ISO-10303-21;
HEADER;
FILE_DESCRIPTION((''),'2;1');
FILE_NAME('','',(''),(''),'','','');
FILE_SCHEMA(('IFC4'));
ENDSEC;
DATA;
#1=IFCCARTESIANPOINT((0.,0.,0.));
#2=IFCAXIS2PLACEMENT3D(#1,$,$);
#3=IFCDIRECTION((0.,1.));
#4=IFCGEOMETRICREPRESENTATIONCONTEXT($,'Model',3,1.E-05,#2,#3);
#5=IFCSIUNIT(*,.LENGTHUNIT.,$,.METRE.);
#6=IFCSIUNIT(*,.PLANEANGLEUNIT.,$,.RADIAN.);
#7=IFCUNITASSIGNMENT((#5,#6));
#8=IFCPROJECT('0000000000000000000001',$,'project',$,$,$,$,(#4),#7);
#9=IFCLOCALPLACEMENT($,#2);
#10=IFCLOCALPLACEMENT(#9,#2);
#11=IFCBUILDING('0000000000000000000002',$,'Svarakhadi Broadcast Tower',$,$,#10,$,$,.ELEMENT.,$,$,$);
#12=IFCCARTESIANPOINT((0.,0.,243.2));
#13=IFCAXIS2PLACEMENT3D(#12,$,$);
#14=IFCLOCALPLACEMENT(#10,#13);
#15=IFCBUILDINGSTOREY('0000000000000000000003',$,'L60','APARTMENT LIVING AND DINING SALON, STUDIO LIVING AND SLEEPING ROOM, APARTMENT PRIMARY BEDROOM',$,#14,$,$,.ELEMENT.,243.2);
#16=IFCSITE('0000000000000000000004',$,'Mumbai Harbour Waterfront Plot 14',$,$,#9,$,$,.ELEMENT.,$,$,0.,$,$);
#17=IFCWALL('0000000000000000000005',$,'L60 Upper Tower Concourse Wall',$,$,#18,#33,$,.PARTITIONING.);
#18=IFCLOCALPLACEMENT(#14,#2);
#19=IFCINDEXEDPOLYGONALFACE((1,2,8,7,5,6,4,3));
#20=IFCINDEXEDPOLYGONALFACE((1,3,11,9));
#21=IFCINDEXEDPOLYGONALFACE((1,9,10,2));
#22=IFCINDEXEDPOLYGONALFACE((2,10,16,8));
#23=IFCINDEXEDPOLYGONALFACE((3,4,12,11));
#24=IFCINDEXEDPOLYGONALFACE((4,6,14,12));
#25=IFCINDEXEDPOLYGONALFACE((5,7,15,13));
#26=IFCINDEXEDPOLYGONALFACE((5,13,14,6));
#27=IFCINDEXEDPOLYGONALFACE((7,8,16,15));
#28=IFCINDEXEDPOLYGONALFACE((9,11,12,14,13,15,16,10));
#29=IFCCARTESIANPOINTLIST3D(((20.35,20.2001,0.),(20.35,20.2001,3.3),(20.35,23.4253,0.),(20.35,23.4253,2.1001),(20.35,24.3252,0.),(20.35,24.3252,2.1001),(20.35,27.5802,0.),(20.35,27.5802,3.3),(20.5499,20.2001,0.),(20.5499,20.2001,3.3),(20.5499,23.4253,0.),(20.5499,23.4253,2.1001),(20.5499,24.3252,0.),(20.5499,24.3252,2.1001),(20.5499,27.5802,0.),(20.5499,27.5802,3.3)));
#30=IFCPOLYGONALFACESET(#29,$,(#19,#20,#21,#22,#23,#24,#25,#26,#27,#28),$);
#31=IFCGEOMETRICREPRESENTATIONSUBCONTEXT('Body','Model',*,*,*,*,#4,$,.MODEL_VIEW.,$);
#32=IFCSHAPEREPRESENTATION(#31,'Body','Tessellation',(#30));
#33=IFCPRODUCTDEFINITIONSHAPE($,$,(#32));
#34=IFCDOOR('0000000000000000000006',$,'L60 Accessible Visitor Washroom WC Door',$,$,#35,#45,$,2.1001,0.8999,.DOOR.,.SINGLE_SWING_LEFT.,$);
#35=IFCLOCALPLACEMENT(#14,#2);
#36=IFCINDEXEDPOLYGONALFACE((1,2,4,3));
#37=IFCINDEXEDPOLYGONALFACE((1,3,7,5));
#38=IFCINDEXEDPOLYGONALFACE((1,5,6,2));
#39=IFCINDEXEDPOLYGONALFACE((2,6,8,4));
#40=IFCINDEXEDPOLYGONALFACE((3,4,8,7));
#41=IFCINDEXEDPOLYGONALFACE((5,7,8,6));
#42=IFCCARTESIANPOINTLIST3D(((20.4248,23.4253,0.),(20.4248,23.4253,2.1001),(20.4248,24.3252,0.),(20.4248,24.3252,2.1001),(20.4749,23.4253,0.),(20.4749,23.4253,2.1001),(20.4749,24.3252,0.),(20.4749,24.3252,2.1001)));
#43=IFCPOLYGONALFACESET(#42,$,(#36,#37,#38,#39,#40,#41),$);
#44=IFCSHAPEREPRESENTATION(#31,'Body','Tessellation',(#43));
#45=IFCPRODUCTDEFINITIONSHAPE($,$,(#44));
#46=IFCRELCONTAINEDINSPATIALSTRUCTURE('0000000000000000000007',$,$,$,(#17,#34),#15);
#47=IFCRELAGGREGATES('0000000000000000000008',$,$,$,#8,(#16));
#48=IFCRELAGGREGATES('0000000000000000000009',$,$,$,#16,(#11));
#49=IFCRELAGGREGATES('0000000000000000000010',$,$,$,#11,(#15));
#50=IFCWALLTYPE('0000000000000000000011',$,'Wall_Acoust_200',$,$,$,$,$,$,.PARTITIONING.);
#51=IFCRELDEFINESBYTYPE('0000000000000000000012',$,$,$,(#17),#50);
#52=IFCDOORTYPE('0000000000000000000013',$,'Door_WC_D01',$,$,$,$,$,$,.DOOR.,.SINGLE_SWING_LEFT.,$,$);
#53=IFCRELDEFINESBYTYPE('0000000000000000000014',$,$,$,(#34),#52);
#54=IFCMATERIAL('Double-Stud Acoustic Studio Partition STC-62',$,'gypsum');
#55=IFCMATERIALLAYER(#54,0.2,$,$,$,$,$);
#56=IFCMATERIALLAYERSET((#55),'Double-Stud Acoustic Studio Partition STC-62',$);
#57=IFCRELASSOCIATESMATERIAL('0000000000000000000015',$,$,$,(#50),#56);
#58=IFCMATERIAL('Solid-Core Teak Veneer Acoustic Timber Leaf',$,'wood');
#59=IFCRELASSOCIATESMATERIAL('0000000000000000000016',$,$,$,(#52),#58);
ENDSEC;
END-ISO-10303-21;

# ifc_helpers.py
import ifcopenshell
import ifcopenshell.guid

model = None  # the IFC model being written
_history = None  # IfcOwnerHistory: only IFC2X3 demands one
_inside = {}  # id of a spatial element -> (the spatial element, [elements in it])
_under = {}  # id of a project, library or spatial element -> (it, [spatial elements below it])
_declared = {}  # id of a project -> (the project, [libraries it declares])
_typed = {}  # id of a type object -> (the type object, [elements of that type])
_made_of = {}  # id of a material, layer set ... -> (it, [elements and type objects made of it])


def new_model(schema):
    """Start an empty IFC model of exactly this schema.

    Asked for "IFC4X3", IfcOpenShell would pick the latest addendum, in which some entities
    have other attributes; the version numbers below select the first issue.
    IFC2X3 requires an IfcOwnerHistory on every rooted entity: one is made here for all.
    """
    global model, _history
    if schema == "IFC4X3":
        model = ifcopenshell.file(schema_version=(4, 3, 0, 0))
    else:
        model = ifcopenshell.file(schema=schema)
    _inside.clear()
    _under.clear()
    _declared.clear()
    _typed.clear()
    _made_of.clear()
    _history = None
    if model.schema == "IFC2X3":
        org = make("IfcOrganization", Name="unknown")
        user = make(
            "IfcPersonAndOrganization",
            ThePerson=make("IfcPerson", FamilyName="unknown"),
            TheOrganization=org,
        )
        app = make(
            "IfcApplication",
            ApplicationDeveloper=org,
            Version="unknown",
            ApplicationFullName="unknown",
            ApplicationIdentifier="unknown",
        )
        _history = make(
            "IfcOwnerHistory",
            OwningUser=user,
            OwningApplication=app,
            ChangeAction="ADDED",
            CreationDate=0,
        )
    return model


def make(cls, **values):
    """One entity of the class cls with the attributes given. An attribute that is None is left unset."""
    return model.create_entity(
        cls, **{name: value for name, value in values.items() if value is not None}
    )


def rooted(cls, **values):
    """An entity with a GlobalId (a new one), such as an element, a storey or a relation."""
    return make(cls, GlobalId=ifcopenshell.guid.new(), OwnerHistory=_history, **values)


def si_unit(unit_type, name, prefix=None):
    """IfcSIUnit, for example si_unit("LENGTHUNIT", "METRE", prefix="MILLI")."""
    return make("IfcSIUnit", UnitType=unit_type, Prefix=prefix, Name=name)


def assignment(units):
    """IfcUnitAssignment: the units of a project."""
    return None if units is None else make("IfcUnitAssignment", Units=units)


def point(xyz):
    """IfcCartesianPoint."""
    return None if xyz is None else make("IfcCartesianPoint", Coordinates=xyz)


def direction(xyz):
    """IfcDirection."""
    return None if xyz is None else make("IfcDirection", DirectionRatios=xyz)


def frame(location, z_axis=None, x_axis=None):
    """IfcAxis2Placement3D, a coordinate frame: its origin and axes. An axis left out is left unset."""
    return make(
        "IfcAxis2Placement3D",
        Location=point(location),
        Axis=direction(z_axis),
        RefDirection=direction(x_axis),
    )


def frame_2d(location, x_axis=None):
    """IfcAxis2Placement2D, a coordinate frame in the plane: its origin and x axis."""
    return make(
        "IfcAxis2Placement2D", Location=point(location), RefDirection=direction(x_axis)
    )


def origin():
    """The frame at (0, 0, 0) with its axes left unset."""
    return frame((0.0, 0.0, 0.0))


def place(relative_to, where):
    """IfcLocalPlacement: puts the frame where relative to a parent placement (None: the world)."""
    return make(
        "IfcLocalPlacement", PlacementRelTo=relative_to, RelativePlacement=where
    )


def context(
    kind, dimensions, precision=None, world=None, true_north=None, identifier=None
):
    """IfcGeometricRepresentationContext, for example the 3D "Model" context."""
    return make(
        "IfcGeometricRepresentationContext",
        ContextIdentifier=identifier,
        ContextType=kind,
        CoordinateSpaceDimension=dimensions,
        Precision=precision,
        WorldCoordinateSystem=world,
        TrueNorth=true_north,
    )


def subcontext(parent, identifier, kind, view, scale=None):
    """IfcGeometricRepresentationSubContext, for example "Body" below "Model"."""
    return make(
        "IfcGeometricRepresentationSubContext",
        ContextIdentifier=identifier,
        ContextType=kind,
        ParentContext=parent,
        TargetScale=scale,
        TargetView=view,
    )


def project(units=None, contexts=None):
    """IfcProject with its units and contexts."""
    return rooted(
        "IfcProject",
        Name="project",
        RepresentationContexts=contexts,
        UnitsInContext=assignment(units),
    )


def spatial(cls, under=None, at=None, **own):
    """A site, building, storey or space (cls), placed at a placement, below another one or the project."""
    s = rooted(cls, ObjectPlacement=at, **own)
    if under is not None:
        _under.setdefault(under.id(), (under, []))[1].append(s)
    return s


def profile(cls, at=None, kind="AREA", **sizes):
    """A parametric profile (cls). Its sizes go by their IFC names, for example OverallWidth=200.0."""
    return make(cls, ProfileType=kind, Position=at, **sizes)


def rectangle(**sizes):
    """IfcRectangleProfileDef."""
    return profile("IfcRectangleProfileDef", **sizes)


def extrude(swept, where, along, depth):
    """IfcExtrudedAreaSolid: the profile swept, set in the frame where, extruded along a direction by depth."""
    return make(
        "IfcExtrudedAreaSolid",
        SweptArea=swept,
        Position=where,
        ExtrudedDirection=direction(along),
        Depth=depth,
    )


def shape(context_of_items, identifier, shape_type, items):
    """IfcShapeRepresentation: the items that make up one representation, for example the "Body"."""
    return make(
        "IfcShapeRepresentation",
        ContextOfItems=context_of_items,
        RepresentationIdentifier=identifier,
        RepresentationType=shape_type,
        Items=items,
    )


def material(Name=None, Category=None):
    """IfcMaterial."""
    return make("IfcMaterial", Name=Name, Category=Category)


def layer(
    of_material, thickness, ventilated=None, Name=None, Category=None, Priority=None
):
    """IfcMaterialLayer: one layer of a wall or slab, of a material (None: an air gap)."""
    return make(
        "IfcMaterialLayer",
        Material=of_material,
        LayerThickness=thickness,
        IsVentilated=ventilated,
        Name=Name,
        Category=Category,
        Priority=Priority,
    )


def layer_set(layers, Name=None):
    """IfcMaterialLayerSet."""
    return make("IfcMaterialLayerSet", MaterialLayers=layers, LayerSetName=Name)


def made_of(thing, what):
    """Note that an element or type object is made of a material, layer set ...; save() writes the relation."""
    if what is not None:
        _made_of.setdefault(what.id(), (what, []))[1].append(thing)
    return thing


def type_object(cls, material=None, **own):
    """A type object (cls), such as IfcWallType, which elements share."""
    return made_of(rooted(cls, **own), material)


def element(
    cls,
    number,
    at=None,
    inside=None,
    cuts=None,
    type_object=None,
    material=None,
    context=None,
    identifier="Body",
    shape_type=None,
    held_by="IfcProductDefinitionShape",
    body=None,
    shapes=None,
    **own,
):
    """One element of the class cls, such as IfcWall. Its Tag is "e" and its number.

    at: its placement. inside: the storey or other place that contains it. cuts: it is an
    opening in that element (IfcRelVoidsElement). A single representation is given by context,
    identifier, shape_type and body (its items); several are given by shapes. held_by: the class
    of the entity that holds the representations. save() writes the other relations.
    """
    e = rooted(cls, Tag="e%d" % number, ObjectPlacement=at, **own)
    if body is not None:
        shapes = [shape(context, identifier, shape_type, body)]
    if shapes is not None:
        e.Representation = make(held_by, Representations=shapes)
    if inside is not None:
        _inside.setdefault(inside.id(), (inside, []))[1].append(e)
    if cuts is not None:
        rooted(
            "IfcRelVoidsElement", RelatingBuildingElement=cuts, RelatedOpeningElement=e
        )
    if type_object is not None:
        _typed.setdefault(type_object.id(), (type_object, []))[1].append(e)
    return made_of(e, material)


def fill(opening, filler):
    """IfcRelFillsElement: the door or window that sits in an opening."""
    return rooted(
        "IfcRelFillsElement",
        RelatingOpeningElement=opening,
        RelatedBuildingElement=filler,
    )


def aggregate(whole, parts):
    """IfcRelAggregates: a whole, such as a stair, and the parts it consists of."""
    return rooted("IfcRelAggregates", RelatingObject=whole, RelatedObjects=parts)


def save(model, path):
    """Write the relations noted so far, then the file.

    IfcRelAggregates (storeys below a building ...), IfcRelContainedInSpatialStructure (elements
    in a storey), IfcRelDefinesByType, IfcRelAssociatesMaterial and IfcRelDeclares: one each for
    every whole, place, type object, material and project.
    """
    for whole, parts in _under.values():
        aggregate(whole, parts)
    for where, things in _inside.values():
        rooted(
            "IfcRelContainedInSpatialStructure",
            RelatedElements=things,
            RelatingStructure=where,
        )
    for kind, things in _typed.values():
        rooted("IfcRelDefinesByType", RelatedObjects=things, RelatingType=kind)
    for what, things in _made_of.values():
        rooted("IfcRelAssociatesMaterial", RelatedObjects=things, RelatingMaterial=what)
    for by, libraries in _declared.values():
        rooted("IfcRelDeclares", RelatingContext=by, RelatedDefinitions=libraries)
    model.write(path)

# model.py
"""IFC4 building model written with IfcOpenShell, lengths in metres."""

from ifc_helpers import new_model, si_unit, direction, frame, frame_2d, origin, place, context, subcontext, project, spatial, rectangle, extrude, material, layer, layer_set, type_object, element, fill, save


model = new_model("IFC4")

# Units and contexts
model_context = context("Model", 3, precision=1e-05, world=origin(), true_north=direction((0.0, 1.0)))
body_context = subcontext(model_context, "Body", "Model", "MODEL_VIEW")
ifc_project = project(units=[si_unit("LENGTHUNIT", "METRE"), si_unit("PLANEANGLEUNIT", "RADIAN")], contexts=[model_context])

# Site, building, storey
site_placement = place(None, origin())
site = spatial("IfcSite", under=ifc_project, at=site_placement, Name="Mumbai Harbour Waterfront Plot 14", CompositionType="ELEMENT", RefElevation=0.0)
building_placement = place(site_placement, origin())
building = spatial("IfcBuilding", under=site, at=building_placement, Name="Svarakhadi Broadcast Tower", CompositionType="ELEMENT")
storey_placement = place(building_placement, frame((0.0, 0.0, 243.2)))
storey = spatial("IfcBuildingStorey", under=building, at=storey_placement, Name="L60", Description="APARTMENT LIVING AND DINING SALON, STUDIO LIVING AND SLEEPING ROOM, APARTMENT PRIMARY BEDROOM", CompositionType="ELEMENT", Elevation=243.2)

# Shared definitions
ifc_material_1 = material(Name="Double-Stud Acoustic Studio Partition STC-62", Category="gypsum")
ifc_layer_1 = layer(ifc_material_1, 0.2)
ifc_layer_set_1 = layer_set([ifc_layer_1], Name="Double-Stud Acoustic Studio Partition STC-62")
wall_type = type_object("IfcWallType", Name="Wall_Acoust_200", PredefinedType="PARTITIONING", material=ifc_layer_set_1)

# Wall, opening, door
wall_1_placement = place(storey_placement, frame((20.45, 27.5801, 0.0), z_axis=(0.0, 0.0, 1.0), x_axis=(0.0, -1.0, 0.0)))
wall_1 = element("IfcWall", 1, at=wall_1_placement, inside=storey, type_object=wall_type, Name="L60 Upper Tower Concourse Wall", PredefinedType="PARTITIONING", context=body_context, shape_type="SweptSolid", body=[
    extrude(rectangle(XDim=7.3801, YDim=0.2, at=frame_2d((3.6899, 0.0))), origin(), (0.0, 0.0, 1.0), 3.3),
])
opening_placement = place(wall_1_placement, frame((3.2549, 0.0, 0.0)))
opening = element("IfcOpeningElement", 2, at=opening_placement, cuts=wall_1, PredefinedType="OPENING", context=body_context, shape_type="SweptSolid", body=[
    extrude(rectangle(XDim=0.8999, YDim=2.1001, at=frame_2d((0.45, 1.05))), frame((0.0, 0.1099, 0.0), z_axis=(0.0, -1.0, 0.0), x_axis=(1.0, 0.0, 0.0)), (0.0, 0.0, 1.0), 0.22),
])
ifc_material_2 = material(Name="Solid-Core Teak Veneer Acoustic Timber Leaf", Category="wood")
door_type = type_object("IfcDoorType", Name="Door_WC_D01", OperationType="SINGLE_SWING_LEFT", PredefinedType="DOOR", material=ifc_material_2)
door_placement = place(opening_placement, origin())
door = element("IfcDoor", 3, at=door_placement, inside=storey, type_object=door_type, Name="L60 Accessible Visitor Washroom WC Door", OperationType="SINGLE_SWING_LEFT", OverallHeight=2.1001, OverallWidth=0.8999, PredefinedType="DOOR", context=body_context, shape_type="SweptSolid", body=[
    extrude(rectangle(XDim=0.8999, YDim=2.1001, at=frame_2d((0.45, 1.05))), frame((0.0, 0.0249, 0.0), z_axis=(0.0, -1.0, 0.0), x_axis=(1.0, 0.0, 0.0)), (0.0, 0.0, 1.0), 0.05),
])
fill(opening, door)

save(model, "model.ifc")
